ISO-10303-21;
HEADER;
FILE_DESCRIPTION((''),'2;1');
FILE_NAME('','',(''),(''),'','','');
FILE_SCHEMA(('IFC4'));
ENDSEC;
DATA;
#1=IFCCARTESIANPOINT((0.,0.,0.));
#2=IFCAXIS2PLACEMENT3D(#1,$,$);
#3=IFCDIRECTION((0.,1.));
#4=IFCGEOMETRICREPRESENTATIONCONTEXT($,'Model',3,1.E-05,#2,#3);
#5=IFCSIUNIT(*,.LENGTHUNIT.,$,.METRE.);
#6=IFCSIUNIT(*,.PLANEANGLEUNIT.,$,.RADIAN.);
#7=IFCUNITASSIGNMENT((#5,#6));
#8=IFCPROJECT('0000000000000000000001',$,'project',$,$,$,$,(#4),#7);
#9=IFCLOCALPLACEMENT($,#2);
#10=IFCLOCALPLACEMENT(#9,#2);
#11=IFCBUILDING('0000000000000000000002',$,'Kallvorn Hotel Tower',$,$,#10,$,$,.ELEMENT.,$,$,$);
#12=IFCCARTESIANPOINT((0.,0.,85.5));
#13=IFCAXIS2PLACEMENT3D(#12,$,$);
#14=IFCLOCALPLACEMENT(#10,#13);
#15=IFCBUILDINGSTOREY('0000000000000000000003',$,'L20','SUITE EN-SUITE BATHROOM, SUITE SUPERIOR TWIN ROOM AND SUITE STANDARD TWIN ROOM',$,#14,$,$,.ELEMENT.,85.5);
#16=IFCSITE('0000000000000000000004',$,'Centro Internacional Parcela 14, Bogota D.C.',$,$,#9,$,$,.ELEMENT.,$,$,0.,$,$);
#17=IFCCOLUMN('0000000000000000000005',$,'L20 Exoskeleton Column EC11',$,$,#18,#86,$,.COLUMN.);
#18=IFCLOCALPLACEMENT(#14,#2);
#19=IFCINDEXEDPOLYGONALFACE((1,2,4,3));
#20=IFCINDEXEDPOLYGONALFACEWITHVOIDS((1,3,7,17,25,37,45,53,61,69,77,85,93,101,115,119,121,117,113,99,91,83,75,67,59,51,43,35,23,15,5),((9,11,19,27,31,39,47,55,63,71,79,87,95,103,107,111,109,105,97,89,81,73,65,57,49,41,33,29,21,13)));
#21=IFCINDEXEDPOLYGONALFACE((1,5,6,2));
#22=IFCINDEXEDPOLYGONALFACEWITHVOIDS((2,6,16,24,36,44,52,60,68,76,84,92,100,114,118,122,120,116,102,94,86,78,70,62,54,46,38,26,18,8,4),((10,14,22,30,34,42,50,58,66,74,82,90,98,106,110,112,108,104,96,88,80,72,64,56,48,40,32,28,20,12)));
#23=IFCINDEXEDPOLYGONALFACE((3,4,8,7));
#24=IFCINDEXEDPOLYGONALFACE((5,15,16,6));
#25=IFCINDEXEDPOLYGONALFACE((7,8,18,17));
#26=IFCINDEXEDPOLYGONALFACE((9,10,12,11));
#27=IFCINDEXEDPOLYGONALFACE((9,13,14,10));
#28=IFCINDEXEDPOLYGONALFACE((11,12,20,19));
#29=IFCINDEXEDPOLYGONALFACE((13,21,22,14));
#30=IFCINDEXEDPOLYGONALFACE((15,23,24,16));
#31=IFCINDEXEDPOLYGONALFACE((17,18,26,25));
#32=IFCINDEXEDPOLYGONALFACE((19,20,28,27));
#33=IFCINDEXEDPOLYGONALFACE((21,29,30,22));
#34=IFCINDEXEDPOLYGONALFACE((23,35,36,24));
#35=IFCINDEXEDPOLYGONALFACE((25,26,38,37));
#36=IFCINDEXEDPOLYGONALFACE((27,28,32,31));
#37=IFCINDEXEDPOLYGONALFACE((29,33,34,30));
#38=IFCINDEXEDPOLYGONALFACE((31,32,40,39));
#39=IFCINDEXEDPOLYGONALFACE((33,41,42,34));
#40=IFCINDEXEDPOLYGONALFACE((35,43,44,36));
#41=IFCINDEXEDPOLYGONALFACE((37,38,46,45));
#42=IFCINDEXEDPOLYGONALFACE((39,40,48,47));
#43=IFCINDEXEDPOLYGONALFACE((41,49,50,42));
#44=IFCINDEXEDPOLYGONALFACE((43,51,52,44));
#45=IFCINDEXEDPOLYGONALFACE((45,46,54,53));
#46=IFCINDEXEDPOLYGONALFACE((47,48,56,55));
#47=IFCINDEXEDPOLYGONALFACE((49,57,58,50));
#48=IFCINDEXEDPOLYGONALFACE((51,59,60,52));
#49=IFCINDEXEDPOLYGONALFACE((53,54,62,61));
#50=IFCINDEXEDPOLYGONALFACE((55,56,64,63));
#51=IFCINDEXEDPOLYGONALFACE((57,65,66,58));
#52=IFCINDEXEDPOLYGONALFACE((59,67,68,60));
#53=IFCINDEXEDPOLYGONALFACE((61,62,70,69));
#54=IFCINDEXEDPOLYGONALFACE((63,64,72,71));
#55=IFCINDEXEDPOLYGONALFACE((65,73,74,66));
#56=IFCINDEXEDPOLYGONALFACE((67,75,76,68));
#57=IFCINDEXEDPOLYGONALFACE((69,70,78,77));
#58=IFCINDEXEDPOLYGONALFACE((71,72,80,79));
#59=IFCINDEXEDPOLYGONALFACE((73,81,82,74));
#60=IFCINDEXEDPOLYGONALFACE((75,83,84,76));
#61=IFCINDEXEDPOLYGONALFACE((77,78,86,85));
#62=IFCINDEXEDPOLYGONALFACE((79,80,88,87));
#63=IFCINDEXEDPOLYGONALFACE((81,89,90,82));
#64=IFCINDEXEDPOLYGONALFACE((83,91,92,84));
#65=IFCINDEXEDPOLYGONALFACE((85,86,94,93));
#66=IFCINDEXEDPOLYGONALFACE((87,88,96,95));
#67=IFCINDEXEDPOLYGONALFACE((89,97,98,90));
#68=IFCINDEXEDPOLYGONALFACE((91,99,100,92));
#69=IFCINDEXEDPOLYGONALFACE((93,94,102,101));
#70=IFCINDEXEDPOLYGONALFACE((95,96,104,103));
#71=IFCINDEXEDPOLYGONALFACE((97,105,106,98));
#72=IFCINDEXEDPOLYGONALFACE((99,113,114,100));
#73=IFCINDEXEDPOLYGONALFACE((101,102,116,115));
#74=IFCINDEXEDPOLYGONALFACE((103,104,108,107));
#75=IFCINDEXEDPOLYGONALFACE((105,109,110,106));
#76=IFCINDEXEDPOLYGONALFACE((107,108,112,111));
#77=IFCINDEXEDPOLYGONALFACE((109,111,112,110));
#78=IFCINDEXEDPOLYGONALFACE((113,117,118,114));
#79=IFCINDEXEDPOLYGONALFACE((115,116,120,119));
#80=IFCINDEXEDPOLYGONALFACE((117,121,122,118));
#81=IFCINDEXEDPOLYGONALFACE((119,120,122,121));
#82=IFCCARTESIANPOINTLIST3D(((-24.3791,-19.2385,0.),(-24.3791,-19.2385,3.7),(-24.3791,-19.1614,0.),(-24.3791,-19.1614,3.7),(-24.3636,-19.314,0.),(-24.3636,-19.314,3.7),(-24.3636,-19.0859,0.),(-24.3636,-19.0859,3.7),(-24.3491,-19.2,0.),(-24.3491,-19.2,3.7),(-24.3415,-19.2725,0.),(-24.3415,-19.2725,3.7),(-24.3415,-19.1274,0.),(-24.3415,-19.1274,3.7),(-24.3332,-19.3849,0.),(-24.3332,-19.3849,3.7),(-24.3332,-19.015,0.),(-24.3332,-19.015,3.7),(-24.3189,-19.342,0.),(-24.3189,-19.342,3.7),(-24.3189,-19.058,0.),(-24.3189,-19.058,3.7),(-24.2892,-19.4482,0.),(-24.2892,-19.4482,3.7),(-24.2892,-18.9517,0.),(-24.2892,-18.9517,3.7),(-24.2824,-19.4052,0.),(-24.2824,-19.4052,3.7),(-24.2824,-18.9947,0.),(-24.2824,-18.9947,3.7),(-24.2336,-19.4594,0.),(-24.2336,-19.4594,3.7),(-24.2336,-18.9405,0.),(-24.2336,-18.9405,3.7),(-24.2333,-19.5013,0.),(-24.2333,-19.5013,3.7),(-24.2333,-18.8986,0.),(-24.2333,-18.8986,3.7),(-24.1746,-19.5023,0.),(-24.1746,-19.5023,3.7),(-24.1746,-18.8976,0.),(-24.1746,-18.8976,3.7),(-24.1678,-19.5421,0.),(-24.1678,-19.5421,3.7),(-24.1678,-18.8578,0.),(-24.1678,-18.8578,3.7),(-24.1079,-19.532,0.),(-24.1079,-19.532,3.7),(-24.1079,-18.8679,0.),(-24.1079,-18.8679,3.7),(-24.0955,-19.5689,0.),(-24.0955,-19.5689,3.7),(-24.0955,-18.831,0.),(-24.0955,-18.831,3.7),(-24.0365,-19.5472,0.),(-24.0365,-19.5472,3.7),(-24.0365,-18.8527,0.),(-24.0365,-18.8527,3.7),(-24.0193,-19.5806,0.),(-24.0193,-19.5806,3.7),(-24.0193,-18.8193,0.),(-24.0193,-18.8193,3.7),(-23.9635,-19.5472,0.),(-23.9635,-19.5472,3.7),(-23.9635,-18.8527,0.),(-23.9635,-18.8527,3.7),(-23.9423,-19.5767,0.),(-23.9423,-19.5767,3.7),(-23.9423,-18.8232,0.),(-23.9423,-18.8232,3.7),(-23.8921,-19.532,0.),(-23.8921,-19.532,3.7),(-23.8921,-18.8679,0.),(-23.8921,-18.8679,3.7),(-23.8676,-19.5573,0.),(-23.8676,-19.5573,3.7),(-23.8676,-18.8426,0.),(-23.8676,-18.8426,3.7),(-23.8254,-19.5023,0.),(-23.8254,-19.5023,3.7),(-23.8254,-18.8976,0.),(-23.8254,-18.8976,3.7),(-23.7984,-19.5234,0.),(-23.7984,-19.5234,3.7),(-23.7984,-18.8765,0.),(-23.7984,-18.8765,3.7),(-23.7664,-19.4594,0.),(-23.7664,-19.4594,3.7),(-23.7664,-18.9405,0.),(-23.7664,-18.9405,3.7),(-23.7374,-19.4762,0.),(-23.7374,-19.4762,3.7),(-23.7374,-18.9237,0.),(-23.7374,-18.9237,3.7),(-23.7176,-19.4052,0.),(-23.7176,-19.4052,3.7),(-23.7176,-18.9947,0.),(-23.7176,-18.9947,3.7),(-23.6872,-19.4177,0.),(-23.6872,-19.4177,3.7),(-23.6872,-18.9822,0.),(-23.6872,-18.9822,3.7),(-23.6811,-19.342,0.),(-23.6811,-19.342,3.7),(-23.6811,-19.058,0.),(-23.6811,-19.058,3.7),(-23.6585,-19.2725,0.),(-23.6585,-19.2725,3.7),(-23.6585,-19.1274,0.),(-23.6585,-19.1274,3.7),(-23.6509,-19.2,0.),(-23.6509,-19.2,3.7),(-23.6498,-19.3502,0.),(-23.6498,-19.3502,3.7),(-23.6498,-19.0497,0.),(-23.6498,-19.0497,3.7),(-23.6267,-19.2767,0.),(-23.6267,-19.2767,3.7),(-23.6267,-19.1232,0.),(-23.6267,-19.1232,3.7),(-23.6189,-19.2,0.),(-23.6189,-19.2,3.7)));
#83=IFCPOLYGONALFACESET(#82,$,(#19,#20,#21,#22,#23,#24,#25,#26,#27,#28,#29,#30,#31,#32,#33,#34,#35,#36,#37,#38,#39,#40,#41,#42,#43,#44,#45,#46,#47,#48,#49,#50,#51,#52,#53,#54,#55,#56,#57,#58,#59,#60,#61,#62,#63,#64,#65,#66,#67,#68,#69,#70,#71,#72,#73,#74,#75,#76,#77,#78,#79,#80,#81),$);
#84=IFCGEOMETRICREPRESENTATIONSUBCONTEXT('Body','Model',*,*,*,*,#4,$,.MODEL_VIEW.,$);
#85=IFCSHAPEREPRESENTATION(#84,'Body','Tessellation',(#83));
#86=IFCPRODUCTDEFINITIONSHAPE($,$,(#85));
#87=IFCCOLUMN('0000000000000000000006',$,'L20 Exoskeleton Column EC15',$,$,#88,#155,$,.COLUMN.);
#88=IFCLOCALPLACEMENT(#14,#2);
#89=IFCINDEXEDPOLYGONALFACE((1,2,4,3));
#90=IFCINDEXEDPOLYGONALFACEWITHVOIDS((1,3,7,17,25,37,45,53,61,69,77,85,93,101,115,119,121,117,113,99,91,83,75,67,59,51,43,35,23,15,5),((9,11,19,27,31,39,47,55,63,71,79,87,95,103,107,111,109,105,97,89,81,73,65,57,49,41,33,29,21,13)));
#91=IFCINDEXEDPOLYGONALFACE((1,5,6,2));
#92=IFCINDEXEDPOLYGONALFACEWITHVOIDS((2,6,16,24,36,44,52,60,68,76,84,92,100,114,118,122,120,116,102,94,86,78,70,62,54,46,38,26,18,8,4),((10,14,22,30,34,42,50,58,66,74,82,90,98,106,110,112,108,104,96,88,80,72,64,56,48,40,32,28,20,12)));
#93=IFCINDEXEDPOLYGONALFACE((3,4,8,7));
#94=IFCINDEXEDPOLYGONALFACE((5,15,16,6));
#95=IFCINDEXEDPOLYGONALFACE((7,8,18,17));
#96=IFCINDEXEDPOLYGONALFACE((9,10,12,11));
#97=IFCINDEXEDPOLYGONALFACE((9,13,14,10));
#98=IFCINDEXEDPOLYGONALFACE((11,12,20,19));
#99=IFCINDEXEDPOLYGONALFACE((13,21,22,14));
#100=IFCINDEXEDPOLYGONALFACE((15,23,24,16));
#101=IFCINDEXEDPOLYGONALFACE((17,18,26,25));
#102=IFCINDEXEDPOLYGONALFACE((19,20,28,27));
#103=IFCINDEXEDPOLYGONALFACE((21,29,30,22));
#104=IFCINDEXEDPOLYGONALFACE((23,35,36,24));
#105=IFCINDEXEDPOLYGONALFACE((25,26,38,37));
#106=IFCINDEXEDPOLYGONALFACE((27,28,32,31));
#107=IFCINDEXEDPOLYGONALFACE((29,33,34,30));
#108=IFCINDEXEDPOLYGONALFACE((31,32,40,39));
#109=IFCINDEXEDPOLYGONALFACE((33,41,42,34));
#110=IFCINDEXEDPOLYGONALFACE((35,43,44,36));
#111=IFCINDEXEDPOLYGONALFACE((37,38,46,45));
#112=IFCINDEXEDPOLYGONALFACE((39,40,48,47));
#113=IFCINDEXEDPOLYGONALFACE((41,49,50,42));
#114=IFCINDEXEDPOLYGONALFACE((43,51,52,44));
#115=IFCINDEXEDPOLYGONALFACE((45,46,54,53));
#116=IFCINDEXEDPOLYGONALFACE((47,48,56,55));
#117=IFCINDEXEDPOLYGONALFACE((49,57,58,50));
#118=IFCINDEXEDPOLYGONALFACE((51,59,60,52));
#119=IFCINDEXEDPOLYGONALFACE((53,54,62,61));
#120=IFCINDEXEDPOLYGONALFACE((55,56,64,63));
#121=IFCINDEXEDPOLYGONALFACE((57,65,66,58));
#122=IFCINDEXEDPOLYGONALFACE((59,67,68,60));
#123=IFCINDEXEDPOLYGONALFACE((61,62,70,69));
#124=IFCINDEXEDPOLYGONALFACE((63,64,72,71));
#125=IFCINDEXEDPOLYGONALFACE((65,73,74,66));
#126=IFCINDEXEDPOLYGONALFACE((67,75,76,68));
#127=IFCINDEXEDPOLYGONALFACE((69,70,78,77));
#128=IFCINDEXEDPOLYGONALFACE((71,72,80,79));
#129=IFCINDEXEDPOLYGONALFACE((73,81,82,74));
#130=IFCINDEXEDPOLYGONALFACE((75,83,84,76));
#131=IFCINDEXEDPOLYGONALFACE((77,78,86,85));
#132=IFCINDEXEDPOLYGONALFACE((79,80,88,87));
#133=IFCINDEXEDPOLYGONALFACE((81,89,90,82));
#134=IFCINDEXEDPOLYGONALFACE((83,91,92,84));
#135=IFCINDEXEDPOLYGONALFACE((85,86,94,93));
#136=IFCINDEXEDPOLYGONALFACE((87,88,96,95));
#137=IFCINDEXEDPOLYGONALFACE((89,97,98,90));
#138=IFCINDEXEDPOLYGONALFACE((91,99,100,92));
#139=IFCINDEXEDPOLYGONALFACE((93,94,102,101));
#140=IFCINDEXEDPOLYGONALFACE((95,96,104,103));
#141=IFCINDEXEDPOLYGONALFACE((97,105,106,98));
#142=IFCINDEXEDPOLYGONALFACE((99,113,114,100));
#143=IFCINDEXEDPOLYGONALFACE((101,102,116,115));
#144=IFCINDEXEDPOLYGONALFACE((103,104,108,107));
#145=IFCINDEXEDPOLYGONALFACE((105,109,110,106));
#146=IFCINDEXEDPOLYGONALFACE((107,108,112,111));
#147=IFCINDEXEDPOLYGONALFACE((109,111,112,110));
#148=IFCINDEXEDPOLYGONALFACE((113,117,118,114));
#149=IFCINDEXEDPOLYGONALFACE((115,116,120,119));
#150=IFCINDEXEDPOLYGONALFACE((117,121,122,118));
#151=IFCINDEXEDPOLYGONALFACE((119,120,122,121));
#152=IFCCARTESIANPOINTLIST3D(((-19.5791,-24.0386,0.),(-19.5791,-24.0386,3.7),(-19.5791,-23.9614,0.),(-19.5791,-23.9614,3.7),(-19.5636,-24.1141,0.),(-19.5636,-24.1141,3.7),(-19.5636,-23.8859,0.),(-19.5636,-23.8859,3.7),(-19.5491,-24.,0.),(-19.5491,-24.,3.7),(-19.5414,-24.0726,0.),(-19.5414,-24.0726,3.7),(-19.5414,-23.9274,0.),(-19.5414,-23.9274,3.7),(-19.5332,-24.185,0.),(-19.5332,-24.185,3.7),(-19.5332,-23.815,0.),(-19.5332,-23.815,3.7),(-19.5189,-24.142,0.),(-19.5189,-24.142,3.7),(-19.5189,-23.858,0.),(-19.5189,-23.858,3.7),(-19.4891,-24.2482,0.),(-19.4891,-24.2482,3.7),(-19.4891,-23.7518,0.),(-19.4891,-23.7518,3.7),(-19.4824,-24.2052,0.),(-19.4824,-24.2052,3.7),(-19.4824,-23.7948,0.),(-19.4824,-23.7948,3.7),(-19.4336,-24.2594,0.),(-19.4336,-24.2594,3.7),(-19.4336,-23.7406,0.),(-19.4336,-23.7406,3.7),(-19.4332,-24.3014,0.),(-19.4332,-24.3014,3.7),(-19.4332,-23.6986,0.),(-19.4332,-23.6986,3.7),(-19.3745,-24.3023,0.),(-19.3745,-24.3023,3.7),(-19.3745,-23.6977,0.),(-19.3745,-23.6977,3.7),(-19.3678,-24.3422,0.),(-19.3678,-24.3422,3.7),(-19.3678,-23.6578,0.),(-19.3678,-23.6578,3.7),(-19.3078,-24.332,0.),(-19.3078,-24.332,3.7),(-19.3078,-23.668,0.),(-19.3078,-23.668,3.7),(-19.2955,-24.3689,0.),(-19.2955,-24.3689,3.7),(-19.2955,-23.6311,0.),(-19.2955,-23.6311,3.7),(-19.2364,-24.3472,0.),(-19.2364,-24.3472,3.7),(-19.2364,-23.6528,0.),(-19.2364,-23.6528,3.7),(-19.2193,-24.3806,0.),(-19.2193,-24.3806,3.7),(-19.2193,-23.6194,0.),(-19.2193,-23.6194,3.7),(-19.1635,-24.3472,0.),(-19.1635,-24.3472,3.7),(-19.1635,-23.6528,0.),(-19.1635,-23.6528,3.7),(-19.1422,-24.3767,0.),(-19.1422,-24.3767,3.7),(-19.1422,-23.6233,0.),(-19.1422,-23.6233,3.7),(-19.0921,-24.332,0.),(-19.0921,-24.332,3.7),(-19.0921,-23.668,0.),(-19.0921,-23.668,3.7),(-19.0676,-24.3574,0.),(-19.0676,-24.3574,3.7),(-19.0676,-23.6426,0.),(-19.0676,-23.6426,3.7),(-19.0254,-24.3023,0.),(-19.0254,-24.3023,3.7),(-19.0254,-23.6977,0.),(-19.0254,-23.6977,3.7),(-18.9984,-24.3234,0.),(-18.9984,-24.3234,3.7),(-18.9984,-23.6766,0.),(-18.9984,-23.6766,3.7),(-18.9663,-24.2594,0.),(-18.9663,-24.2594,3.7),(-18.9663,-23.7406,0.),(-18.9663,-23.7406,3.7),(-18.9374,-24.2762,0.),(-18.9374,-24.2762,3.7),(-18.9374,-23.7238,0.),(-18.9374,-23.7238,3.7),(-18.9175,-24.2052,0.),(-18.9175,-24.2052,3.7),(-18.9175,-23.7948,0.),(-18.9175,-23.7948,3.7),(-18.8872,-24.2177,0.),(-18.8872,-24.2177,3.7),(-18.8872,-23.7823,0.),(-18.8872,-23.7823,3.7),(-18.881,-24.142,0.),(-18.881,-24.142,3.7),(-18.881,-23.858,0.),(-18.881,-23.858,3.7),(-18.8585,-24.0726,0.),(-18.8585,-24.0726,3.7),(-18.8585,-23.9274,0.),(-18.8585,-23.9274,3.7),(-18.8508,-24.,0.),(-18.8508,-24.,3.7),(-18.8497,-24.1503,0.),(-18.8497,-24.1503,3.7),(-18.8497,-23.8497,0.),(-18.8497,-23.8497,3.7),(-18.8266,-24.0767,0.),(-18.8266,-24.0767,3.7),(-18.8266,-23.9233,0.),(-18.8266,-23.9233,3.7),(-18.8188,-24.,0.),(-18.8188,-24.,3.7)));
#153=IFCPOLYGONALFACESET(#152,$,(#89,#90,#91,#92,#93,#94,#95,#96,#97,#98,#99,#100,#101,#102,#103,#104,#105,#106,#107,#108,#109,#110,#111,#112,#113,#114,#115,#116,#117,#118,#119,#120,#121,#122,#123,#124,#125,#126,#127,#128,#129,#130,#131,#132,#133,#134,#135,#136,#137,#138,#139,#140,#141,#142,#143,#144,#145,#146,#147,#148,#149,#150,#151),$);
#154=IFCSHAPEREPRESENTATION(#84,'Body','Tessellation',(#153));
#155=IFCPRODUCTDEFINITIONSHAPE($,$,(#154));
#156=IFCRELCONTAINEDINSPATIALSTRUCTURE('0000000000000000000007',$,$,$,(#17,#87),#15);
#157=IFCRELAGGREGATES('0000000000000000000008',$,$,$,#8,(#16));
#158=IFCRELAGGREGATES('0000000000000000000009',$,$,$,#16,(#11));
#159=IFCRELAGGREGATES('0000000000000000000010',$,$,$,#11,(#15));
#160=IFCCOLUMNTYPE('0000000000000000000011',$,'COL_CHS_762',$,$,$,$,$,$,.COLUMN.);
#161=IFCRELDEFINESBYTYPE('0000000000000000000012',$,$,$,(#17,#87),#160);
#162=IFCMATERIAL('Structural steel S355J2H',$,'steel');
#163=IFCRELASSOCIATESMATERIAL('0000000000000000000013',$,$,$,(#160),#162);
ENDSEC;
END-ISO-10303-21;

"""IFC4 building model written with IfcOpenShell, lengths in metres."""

from ifc_helpers import new_model, si_unit, direction, frame, origin, origin_2d, place, context, subcontext, project, spatial, hollow_circle, extrude, material, material_profile, profile_set, type_object, element, save


model = new_model("IFC4")

# Units and contexts
model_context = context("Model", 3, precision=1e-05, world=origin(), true_north=direction((0.0, 1.0)))
body_context = subcontext(model_context, "Body", "Model", "MODEL_VIEW")
ifc_project = project(units=[si_unit("LENGTHUNIT", "METRE"), si_unit("PLANEANGLEUNIT", "RADIAN")], contexts=[model_context])

# Site, building, storey
site_placement = place(None, origin())
site = spatial("IfcSite", under=ifc_project, at=site_placement, Name="Centro Internacional Parcela 14, Bogota D.C.", CompositionType="ELEMENT", RefElevation=0.0)
building_placement = place(site_placement, origin())
building = spatial("IfcBuilding", under=site, at=building_placement, Name="Kallvorn Hotel Tower", CompositionType="ELEMENT")
storey_placement = place(building_placement, frame((0.0, 0.0, 85.5)))
storey = spatial("IfcBuildingStorey", under=building, at=storey_placement, Name="L20", Description="SUITE EN-SUITE BATHROOM, SUITE SUPERIOR TWIN ROOM AND SUITE STANDARD TWIN ROOM", CompositionType="ELEMENT", Elevation=85.5)

# Columns
ifc_material_1 = material(Name="Structural steel S355J2H", Category="steel")
ifc_material_profile_1 = material_profile(ifc_material_1, hollow_circle(Radius=0.3811, WallThickness=0.032, at=origin_2d()), Name="CHS 762x32")
ifc_profile_set_1 = profile_set([ifc_material_profile_1], Name="Structural steel S355J2H")
column_type = type_object("IfcColumnType", Name="COL_CHS_762", PredefinedType="COLUMN", material=ifc_profile_set_1)
for number, where, z_axis, x_axis, name in (
    (1, (-24.0, -19.2, 0.0), (0.0, 0.0, 1.0), (1.0, 0.0, 0.0), "L20 Exoskeleton Column EC11"),
    (2, (-19.2, -24.0, 0.0), (0.0, 0.0, 1.0), (1.0, 0.0, 0.0), "L20 Exoskeleton Column EC15"),
):
    element("IfcColumn", number, at=place(storey_placement, frame(where, z_axis=z_axis, x_axis=x_axis)), inside=storey, type_object=column_type, Name=name, PredefinedType="COLUMN", context=body_context, shape_type="SweptSolid", body=[
        extrude(hollow_circle(Radius=0.3811, WallThickness=0.032, at=origin_2d()), origin(), (0.0, 0.0, 1.0), 3.7),
    ])

save(model, "model.ifc")
